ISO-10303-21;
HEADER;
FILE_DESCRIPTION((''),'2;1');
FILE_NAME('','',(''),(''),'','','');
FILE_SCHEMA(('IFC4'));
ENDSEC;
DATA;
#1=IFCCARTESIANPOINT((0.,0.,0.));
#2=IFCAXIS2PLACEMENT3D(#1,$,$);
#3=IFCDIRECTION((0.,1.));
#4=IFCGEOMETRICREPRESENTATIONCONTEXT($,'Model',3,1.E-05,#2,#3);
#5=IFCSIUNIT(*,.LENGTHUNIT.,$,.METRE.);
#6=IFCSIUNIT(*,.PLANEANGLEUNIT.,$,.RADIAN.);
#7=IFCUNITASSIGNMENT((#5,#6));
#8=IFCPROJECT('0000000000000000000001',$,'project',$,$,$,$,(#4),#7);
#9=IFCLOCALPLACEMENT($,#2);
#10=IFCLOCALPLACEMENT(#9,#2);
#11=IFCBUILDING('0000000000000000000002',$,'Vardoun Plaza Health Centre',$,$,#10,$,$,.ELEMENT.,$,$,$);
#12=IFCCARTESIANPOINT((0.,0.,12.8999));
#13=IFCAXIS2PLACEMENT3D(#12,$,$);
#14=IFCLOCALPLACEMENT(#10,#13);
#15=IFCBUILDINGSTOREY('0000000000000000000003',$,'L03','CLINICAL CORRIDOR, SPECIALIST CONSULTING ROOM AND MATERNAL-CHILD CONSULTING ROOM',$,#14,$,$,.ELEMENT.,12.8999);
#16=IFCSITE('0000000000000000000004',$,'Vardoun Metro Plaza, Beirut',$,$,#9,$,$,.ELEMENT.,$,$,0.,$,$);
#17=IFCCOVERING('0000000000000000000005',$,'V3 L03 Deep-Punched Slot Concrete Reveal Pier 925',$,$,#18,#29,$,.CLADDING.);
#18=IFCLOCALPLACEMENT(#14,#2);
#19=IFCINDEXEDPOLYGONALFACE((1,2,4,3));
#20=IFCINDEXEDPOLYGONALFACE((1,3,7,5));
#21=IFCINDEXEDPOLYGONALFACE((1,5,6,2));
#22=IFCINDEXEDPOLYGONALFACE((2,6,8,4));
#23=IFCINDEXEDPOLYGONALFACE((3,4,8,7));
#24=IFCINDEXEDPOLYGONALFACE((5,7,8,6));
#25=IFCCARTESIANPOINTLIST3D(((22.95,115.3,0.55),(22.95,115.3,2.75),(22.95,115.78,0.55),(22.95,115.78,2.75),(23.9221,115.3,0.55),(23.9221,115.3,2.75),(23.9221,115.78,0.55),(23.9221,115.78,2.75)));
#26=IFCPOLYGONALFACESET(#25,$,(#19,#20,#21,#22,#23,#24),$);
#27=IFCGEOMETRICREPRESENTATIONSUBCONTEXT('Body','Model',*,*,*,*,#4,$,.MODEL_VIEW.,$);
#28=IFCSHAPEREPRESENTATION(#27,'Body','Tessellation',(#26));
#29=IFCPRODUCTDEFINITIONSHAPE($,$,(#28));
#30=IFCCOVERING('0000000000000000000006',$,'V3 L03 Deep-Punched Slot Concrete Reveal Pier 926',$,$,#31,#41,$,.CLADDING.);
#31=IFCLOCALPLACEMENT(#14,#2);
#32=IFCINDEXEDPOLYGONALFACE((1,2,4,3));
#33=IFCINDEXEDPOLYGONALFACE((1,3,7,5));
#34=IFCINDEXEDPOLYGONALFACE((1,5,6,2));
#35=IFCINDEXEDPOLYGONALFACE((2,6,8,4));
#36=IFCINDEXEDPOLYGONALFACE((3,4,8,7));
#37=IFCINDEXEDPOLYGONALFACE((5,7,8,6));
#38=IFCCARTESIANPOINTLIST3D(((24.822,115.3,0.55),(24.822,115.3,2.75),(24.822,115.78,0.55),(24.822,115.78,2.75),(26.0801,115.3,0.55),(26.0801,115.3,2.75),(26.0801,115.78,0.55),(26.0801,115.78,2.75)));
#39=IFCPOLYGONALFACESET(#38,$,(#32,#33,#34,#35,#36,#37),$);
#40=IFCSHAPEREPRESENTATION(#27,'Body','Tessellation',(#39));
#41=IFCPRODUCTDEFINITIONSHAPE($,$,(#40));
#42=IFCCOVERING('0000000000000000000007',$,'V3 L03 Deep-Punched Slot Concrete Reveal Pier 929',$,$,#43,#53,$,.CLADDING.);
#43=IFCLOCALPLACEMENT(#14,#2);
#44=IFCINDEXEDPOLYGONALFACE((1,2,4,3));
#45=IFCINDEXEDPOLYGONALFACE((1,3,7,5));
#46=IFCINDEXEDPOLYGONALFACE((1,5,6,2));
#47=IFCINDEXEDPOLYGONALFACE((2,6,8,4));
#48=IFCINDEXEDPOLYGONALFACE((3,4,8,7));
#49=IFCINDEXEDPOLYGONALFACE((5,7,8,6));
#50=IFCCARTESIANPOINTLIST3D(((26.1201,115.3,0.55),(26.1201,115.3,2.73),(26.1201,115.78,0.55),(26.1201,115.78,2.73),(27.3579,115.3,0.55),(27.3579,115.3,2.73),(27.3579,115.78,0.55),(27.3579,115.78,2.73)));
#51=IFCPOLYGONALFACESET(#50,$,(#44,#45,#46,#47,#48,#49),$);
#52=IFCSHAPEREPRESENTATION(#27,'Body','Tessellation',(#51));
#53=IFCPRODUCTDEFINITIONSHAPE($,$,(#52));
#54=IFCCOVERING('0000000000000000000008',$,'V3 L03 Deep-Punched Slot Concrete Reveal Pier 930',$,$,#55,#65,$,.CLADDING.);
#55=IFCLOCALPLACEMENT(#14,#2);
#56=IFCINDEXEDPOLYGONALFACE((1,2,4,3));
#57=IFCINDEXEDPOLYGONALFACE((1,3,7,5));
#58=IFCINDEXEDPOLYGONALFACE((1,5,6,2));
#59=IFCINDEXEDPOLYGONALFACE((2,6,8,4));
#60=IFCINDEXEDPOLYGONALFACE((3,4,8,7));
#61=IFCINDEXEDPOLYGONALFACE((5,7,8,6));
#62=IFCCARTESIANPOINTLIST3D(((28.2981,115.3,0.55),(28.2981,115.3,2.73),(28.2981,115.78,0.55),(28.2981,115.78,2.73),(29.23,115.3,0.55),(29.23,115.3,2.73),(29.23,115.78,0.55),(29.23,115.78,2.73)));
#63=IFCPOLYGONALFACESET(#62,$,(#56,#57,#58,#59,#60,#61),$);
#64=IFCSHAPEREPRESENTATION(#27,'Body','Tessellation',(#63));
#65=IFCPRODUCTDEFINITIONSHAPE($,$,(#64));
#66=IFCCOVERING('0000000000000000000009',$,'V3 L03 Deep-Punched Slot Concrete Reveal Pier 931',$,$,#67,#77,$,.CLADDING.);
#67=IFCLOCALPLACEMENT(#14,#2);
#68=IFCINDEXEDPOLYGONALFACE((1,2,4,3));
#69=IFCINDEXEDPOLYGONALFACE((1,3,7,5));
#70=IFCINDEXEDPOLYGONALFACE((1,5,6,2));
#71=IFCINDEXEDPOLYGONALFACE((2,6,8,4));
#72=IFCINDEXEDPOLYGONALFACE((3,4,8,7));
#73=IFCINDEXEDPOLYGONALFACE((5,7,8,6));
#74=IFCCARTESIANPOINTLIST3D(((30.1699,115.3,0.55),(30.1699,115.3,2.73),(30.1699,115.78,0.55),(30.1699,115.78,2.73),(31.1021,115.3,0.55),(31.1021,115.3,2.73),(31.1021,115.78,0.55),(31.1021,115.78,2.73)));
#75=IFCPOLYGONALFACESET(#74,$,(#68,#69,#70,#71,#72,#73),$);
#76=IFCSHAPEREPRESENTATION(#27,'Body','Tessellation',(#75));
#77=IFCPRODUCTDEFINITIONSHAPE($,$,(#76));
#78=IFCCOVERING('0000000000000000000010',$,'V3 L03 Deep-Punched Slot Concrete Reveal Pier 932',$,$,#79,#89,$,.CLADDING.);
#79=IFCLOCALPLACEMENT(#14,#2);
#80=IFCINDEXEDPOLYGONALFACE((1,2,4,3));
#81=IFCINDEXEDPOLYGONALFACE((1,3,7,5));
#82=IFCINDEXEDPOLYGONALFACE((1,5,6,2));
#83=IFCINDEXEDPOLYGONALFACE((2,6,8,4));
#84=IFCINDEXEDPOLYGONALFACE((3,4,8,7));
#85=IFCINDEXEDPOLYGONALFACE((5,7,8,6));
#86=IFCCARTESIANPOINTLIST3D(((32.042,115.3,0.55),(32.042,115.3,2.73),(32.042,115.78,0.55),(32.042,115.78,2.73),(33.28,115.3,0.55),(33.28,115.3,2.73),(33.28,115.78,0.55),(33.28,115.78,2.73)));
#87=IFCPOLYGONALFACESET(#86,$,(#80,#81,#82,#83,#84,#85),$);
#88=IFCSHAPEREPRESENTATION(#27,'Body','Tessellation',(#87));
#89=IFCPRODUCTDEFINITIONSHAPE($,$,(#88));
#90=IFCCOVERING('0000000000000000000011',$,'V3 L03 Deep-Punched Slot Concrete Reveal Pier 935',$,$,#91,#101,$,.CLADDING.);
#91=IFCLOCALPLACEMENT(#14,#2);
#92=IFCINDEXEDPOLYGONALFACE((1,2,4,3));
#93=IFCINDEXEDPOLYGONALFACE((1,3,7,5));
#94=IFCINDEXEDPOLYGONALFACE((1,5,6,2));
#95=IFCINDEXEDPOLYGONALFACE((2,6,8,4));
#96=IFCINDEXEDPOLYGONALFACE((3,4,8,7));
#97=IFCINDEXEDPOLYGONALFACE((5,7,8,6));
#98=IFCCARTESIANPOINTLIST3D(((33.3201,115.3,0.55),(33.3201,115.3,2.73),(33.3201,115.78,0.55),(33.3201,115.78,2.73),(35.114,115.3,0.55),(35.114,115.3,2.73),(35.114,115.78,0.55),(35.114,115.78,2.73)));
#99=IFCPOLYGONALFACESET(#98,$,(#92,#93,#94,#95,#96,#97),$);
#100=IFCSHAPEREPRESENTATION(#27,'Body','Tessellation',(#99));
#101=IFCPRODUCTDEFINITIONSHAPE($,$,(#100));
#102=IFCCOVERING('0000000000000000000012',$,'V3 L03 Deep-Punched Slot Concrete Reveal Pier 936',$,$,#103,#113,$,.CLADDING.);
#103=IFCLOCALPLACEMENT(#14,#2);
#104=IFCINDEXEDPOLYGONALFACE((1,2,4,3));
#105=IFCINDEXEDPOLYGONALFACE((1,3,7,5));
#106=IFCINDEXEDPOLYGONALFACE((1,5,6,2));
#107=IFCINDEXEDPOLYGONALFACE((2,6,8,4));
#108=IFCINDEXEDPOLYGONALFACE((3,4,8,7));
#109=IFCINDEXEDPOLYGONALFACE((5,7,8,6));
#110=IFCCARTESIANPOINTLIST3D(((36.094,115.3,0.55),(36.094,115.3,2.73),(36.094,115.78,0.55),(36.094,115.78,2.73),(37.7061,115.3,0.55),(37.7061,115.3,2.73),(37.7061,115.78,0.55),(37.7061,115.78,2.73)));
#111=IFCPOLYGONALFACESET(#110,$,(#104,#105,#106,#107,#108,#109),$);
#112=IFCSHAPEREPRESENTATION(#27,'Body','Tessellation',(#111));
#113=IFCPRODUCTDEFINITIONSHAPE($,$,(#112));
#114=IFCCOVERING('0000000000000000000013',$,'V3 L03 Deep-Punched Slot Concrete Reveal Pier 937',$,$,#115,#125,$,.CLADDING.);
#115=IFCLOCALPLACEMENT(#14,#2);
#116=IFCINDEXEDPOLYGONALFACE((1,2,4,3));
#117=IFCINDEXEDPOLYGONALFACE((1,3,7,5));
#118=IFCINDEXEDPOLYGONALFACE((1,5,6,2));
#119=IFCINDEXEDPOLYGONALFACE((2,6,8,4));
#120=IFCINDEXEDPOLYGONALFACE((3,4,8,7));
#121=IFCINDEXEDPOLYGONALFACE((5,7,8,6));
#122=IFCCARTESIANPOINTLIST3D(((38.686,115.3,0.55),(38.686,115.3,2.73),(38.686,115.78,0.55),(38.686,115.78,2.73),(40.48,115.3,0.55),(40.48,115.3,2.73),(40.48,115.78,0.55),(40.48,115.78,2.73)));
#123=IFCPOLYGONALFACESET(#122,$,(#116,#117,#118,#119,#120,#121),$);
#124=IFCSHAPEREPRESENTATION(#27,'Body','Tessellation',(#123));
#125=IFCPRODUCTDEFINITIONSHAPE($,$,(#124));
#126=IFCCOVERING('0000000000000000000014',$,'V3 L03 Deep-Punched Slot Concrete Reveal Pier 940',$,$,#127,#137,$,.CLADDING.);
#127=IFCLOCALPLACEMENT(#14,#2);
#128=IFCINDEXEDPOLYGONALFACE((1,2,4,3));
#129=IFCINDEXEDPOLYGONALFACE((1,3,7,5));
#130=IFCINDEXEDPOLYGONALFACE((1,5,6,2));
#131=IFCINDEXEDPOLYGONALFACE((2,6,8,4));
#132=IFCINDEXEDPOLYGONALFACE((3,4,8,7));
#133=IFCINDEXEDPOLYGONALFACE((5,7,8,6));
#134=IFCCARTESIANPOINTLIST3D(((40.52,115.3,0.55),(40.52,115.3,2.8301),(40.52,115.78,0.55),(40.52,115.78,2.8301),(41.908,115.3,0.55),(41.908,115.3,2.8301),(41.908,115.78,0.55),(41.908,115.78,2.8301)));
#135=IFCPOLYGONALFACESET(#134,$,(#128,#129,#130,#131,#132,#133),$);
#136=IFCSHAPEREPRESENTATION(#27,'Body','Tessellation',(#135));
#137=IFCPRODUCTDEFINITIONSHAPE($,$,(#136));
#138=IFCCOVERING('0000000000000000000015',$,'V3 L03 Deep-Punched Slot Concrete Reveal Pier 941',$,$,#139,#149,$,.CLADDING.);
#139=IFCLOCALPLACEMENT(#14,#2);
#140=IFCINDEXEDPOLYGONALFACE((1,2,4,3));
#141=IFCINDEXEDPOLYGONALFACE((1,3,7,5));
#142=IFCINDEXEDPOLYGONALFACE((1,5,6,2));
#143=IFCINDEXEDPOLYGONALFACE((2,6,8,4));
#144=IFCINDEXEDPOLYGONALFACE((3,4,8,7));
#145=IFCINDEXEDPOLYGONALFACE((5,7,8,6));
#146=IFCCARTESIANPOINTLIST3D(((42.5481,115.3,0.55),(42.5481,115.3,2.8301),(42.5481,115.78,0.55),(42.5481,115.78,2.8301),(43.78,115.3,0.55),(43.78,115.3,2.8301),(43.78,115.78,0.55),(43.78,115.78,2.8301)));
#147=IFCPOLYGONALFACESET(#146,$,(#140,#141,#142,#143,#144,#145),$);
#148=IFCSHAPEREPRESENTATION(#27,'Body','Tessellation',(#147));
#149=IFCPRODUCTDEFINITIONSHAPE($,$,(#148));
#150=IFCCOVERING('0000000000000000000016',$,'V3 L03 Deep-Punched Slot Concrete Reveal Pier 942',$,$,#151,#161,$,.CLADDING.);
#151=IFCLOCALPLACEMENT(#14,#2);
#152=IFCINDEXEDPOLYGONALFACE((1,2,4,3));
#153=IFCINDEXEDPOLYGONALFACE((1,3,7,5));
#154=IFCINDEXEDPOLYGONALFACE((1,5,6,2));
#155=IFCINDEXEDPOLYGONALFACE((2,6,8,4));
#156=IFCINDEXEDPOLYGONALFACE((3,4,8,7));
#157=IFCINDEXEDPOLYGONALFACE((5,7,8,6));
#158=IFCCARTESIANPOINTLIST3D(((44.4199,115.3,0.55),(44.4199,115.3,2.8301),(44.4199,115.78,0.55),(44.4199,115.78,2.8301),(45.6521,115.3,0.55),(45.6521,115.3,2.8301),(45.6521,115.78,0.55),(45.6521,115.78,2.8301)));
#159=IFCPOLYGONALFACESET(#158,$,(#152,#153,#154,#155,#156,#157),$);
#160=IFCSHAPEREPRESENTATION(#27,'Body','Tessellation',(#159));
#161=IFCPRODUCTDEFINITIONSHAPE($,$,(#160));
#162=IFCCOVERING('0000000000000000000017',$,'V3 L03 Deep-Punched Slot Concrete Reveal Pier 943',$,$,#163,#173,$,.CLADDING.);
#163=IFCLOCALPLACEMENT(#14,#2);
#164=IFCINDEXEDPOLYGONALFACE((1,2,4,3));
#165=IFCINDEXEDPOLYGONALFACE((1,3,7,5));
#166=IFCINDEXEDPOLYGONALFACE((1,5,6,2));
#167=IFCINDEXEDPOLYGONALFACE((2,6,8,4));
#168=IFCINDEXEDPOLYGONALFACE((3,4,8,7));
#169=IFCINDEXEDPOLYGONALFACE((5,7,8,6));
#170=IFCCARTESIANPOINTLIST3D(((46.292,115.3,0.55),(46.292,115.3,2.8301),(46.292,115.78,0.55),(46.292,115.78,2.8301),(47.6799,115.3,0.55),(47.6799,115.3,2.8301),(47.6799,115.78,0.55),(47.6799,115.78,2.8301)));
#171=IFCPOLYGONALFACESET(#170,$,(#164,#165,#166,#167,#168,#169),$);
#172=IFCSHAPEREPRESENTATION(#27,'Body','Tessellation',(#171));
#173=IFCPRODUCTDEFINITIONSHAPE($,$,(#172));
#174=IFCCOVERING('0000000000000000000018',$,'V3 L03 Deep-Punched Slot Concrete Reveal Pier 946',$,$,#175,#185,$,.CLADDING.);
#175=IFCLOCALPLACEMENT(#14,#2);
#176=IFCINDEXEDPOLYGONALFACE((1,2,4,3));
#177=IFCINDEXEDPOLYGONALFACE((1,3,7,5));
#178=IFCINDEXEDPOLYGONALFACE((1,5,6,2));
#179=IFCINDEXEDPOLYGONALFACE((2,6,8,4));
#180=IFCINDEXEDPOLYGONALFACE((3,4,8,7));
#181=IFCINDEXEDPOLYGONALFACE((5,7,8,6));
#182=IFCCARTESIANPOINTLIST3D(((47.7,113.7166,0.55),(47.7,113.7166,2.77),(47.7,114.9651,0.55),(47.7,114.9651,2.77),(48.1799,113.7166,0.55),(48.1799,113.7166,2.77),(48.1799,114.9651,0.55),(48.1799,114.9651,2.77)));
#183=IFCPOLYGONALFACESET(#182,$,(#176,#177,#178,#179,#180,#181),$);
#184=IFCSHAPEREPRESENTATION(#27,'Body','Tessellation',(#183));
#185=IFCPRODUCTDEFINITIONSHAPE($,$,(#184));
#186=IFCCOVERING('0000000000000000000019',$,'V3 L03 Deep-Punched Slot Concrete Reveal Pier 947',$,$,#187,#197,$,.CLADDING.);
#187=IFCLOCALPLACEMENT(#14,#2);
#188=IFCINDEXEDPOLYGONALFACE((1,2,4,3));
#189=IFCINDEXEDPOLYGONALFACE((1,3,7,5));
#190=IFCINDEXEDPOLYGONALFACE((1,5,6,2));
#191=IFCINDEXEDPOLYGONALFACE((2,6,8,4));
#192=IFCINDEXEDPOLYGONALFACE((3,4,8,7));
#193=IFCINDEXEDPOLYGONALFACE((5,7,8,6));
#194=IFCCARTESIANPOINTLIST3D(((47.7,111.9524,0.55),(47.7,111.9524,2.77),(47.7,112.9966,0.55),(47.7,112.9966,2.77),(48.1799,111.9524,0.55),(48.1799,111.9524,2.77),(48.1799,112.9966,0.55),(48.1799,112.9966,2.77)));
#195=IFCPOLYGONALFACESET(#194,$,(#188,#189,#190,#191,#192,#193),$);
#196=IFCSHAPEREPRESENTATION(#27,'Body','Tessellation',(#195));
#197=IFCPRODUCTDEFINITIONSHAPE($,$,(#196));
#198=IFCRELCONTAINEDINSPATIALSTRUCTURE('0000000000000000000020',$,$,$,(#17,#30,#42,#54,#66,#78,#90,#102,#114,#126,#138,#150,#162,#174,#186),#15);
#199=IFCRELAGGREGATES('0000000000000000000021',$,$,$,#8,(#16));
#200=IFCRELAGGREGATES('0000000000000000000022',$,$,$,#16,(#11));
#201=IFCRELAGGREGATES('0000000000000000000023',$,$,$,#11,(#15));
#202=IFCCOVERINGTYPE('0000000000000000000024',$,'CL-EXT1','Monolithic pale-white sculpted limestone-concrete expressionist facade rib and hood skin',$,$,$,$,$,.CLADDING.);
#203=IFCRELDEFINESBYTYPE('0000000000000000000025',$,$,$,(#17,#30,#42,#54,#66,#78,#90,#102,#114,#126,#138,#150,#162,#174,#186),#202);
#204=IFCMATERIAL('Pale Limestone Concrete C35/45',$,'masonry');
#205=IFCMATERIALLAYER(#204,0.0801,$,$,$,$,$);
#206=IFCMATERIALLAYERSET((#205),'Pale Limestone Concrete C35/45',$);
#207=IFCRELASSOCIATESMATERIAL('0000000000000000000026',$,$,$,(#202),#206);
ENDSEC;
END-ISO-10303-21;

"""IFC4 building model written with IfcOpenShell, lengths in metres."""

from ifc_helpers import new_model, si_unit, direction, frame, origin, place, context, subcontext, project, spatial, polyline, outline, extrude, material, layer, layer_set, type_object, element, save


model = new_model("IFC4")

# Units and contexts
model_context = context("Model", 3, precision=1e-05, world=origin(), true_north=direction((0.0, 1.0)))
body_context = subcontext(model_context, "Body", "Model", "MODEL_VIEW")
ifc_project = project(units=[si_unit("LENGTHUNIT", "METRE"), si_unit("PLANEANGLEUNIT", "RADIAN")], contexts=[model_context])

# Site, building, storey
site_placement = place(None, origin())
site = spatial("IfcSite", under=ifc_project, at=site_placement, Name="Vardoun Metro Plaza, Beirut", CompositionType="ELEMENT", RefElevation=0.0)
building_placement = place(site_placement, origin())
building = spatial("IfcBuilding", under=site, at=building_placement, Name="Vardoun Plaza Health Centre", CompositionType="ELEMENT")
storey_placement = place(building_placement, frame((0.0, 0.0, 12.8999)))
storey = spatial("IfcBuildingStorey", under=building, at=storey_placement, Name="L03", Description="CLINICAL CORRIDOR, SPECIALIST CONSULTING ROOM AND MATERNAL-CHILD CONSULTING ROOM", CompositionType="ELEMENT", Elevation=12.8999)

# Coverings
ifc_material = material(Name="Pale Limestone Concrete C35/45", Category="masonry")
ifc_layer = layer(ifc_material, 0.0801)
ifc_layer_set = layer_set([ifc_layer], Name="Pale Limestone Concrete C35/45")
covering_type = type_object("IfcCoveringType", Name="CL-EXT1", Description="Monolithic pale-white sculpted limestone-concrete expressionist facade rib and hood skin", PredefinedType="CLADDING", material=ifc_layer_set)
covering_1_placement = place(storey_placement, frame((0.0, 0.0, 0.55)))
element("IfcCovering", 1, at=covering_1_placement, inside=storey, type_object=covering_type, Name="V3 L03 Deep-Punched Slot Concrete Reveal Pier 925", PredefinedType="CLADDING", context=body_context, shape_type="SweptSolid", body=[
    extrude(outline(polyline([(22.95, 115.3), (23.9221, 115.3), (23.9221, 115.78), (22.95, 115.78), (22.95, 115.3)])), origin(), (0.0, 0.0, 1.0), 2.2),
])
covering_2_placement = place(storey_placement, frame((0.0, 0.0, 0.55)))
element("IfcCovering", 2, at=covering_2_placement, inside=storey, type_object=covering_type, Name="V3 L03 Deep-Punched Slot Concrete Reveal Pier 926", PredefinedType="CLADDING", context=body_context, shape_type="SweptSolid", body=[
    extrude(outline(polyline([(24.822, 115.3), (26.0801, 115.3), (26.0801, 115.78), (24.822, 115.78), (24.822, 115.3)])), origin(), (0.0, 0.0, 1.0), 2.2),
])
covering_3_placement = place(storey_placement, frame((0.0, 0.0, 0.55)))
element("IfcCovering", 3, at=covering_3_placement, inside=storey, type_object=covering_type, Name="V3 L03 Deep-Punched Slot Concrete Reveal Pier 929", PredefinedType="CLADDING", context=body_context, shape_type="SweptSolid", body=[
    extrude(outline(polyline([(26.1201, 115.3), (27.3579, 115.3), (27.3579, 115.78), (26.1201, 115.78), (26.1201, 115.3)])), origin(), (0.0, 0.0, 1.0), 2.1799),
])
covering_4_placement = place(storey_placement, frame((0.0, 0.0, 0.55)))
element("IfcCovering", 4, at=covering_4_placement, inside=storey, type_object=covering_type, Name="V3 L03 Deep-Punched Slot Concrete Reveal Pier 930", PredefinedType="CLADDING", context=body_context, shape_type="SweptSolid", body=[
    extrude(outline(polyline([(28.2981, 115.3), (29.23, 115.3), (29.23, 115.78), (28.2981, 115.78), (28.2981, 115.3)])), origin(), (0.0, 0.0, 1.0), 2.1799),
])
covering_5_placement = place(storey_placement, frame((0.0, 0.0, 0.55)))
element("IfcCovering", 5, at=covering_5_placement, inside=storey, type_object=covering_type, Name="V3 L03 Deep-Punched Slot Concrete Reveal Pier 931", PredefinedType="CLADDING", context=body_context, shape_type="SweptSolid", body=[
    extrude(outline(polyline([(30.1699, 115.3), (31.1021, 115.3), (31.1021, 115.78), (30.1699, 115.78), (30.1699, 115.3)])), origin(), (0.0, 0.0, 1.0), 2.1799),
])
covering_6_placement = place(storey_placement, frame((0.0, 0.0, 0.55)))
element("IfcCovering", 6, at=covering_6_placement, inside=storey, type_object=covering_type, Name="V3 L03 Deep-Punched Slot Concrete Reveal Pier 932", PredefinedType="CLADDING", context=body_context, shape_type="SweptSolid", body=[
    extrude(outline(polyline([(32.042, 115.3), (33.28, 115.3), (33.28, 115.78), (32.042, 115.78), (32.042, 115.3)])), origin(), (0.0, 0.0, 1.0), 2.1799),
])
covering_7_placement = place(storey_placement, frame((0.0, 0.0, 0.55)))
element("IfcCovering", 7, at=covering_7_placement, inside=storey, type_object=covering_type, Name="V3 L03 Deep-Punched Slot Concrete Reveal Pier 935", PredefinedType="CLADDING", context=body_context, shape_type="SweptSolid", body=[
    extrude(outline(polyline([(33.3201, 115.3), (35.114, 115.3), (35.114, 115.78), (33.3201, 115.78), (33.3201, 115.3)])), origin(), (0.0, 0.0, 1.0), 2.1799),
])
covering_8_placement = place(storey_placement, frame((0.0, 0.0, 0.55)))
element("IfcCovering", 8, at=covering_8_placement, inside=storey, type_object=covering_type, Name="V3 L03 Deep-Punched Slot Concrete Reveal Pier 936", PredefinedType="CLADDING", context=body_context, shape_type="SweptSolid", body=[
    extrude(outline(polyline([(36.094, 115.3), (37.7061, 115.3), (37.7061, 115.78), (36.094, 115.78), (36.094, 115.3)])), origin(), (0.0, 0.0, 1.0), 2.1799),
])
covering_9_placement = place(storey_placement, frame((0.0, 0.0, 0.55)))
element("IfcCovering", 9, at=covering_9_placement, inside=storey, type_object=covering_type, Name="V3 L03 Deep-Punched Slot Concrete Reveal Pier 937", PredefinedType="CLADDING", context=body_context, shape_type="SweptSolid", body=[
    extrude(outline(polyline([(38.686, 115.3), (40.48, 115.3), (40.48, 115.78), (38.686, 115.78), (38.686, 115.3)])), origin(), (0.0, 0.0, 1.0), 2.1799),
])
covering_10_placement = place(storey_placement, frame((0.0, 0.0, 0.55)))
element("IfcCovering", 10, at=covering_10_placement, inside=storey, type_object=covering_type, Name="V3 L03 Deep-Punched Slot Concrete Reveal Pier 940", PredefinedType="CLADDING", context=body_context, shape_type="SweptSolid", body=[
    extrude(outline(polyline([(40.52, 115.3), (41.908, 115.3), (41.908, 115.78), (40.52, 115.78), (40.52, 115.3)])), origin(), (0.0, 0.0, 1.0), 2.28),
])
covering_11_placement = place(storey_placement, frame((0.0, 0.0, 0.55)))
element("IfcCovering", 11, at=covering_11_placement, inside=storey, type_object=covering_type, Name="V3 L03 Deep-Punched Slot Concrete Reveal Pier 941", PredefinedType="CLADDING", context=body_context, shape_type="SweptSolid", body=[
    extrude(outline(polyline([(42.5481, 115.3), (43.78, 115.3), (43.78, 115.78), (42.5481, 115.78), (42.5481, 115.3)])), origin(), (0.0, 0.0, 1.0), 2.28),
])
covering_12_placement = place(storey_placement, frame((0.0, 0.0, 0.55)))
element("IfcCovering", 12, at=covering_12_placement, inside=storey, type_object=covering_type, Name="V3 L03 Deep-Punched Slot Concrete Reveal Pier 942", PredefinedType="CLADDING", context=body_context, shape_type="SweptSolid", body=[
    extrude(outline(polyline([(44.4199, 115.3), (45.6521, 115.3), (45.6521, 115.78), (44.4199, 115.78), (44.4199, 115.3)])), origin(), (0.0, 0.0, 1.0), 2.28),
])
covering_13_placement = place(storey_placement, frame((0.0, 0.0, 0.55)))
element("IfcCovering", 13, at=covering_13_placement, inside=storey, type_object=covering_type, Name="V3 L03 Deep-Punched Slot Concrete Reveal Pier 943", PredefinedType="CLADDING", context=body_context, shape_type="SweptSolid", body=[
    extrude(outline(polyline([(46.292, 115.3), (47.6799, 115.3), (47.6799, 115.78), (46.292, 115.78), (46.292, 115.3)])), origin(), (0.0, 0.0, 1.0), 2.28),
])
covering_14_placement = place(storey_placement, frame((0.0, 0.0, 0.55)))
element("IfcCovering", 14, at=covering_14_placement, inside=storey, type_object=covering_type, Name="V3 L03 Deep-Punched Slot Concrete Reveal Pier 946", PredefinedType="CLADDING", context=body_context, shape_type="SweptSolid", body=[
    extrude(outline(polyline([(47.7, 114.9651), (47.7, 113.7166), (48.1799, 113.7166), (48.1799, 114.9651), (47.7, 114.9651)])), origin(), (0.0, 0.0, 1.0), 2.22),
])
covering_15_placement = place(storey_placement, frame((0.0, 0.0, 0.55)))
element("IfcCovering", 15, at=covering_15_placement, inside=storey, type_object=covering_type, Name="V3 L03 Deep-Punched Slot Concrete Reveal Pier 947", PredefinedType="CLADDING", context=body_context, shape_type="SweptSolid", body=[
    extrude(outline(polyline([(47.7, 112.9966), (47.7, 111.9524), (48.1799, 111.9524), (48.1799, 112.9966), (47.7, 112.9966)])), origin(), (0.0, 0.0, 1.0), 2.22),
])

save(model, "model.ifc")
